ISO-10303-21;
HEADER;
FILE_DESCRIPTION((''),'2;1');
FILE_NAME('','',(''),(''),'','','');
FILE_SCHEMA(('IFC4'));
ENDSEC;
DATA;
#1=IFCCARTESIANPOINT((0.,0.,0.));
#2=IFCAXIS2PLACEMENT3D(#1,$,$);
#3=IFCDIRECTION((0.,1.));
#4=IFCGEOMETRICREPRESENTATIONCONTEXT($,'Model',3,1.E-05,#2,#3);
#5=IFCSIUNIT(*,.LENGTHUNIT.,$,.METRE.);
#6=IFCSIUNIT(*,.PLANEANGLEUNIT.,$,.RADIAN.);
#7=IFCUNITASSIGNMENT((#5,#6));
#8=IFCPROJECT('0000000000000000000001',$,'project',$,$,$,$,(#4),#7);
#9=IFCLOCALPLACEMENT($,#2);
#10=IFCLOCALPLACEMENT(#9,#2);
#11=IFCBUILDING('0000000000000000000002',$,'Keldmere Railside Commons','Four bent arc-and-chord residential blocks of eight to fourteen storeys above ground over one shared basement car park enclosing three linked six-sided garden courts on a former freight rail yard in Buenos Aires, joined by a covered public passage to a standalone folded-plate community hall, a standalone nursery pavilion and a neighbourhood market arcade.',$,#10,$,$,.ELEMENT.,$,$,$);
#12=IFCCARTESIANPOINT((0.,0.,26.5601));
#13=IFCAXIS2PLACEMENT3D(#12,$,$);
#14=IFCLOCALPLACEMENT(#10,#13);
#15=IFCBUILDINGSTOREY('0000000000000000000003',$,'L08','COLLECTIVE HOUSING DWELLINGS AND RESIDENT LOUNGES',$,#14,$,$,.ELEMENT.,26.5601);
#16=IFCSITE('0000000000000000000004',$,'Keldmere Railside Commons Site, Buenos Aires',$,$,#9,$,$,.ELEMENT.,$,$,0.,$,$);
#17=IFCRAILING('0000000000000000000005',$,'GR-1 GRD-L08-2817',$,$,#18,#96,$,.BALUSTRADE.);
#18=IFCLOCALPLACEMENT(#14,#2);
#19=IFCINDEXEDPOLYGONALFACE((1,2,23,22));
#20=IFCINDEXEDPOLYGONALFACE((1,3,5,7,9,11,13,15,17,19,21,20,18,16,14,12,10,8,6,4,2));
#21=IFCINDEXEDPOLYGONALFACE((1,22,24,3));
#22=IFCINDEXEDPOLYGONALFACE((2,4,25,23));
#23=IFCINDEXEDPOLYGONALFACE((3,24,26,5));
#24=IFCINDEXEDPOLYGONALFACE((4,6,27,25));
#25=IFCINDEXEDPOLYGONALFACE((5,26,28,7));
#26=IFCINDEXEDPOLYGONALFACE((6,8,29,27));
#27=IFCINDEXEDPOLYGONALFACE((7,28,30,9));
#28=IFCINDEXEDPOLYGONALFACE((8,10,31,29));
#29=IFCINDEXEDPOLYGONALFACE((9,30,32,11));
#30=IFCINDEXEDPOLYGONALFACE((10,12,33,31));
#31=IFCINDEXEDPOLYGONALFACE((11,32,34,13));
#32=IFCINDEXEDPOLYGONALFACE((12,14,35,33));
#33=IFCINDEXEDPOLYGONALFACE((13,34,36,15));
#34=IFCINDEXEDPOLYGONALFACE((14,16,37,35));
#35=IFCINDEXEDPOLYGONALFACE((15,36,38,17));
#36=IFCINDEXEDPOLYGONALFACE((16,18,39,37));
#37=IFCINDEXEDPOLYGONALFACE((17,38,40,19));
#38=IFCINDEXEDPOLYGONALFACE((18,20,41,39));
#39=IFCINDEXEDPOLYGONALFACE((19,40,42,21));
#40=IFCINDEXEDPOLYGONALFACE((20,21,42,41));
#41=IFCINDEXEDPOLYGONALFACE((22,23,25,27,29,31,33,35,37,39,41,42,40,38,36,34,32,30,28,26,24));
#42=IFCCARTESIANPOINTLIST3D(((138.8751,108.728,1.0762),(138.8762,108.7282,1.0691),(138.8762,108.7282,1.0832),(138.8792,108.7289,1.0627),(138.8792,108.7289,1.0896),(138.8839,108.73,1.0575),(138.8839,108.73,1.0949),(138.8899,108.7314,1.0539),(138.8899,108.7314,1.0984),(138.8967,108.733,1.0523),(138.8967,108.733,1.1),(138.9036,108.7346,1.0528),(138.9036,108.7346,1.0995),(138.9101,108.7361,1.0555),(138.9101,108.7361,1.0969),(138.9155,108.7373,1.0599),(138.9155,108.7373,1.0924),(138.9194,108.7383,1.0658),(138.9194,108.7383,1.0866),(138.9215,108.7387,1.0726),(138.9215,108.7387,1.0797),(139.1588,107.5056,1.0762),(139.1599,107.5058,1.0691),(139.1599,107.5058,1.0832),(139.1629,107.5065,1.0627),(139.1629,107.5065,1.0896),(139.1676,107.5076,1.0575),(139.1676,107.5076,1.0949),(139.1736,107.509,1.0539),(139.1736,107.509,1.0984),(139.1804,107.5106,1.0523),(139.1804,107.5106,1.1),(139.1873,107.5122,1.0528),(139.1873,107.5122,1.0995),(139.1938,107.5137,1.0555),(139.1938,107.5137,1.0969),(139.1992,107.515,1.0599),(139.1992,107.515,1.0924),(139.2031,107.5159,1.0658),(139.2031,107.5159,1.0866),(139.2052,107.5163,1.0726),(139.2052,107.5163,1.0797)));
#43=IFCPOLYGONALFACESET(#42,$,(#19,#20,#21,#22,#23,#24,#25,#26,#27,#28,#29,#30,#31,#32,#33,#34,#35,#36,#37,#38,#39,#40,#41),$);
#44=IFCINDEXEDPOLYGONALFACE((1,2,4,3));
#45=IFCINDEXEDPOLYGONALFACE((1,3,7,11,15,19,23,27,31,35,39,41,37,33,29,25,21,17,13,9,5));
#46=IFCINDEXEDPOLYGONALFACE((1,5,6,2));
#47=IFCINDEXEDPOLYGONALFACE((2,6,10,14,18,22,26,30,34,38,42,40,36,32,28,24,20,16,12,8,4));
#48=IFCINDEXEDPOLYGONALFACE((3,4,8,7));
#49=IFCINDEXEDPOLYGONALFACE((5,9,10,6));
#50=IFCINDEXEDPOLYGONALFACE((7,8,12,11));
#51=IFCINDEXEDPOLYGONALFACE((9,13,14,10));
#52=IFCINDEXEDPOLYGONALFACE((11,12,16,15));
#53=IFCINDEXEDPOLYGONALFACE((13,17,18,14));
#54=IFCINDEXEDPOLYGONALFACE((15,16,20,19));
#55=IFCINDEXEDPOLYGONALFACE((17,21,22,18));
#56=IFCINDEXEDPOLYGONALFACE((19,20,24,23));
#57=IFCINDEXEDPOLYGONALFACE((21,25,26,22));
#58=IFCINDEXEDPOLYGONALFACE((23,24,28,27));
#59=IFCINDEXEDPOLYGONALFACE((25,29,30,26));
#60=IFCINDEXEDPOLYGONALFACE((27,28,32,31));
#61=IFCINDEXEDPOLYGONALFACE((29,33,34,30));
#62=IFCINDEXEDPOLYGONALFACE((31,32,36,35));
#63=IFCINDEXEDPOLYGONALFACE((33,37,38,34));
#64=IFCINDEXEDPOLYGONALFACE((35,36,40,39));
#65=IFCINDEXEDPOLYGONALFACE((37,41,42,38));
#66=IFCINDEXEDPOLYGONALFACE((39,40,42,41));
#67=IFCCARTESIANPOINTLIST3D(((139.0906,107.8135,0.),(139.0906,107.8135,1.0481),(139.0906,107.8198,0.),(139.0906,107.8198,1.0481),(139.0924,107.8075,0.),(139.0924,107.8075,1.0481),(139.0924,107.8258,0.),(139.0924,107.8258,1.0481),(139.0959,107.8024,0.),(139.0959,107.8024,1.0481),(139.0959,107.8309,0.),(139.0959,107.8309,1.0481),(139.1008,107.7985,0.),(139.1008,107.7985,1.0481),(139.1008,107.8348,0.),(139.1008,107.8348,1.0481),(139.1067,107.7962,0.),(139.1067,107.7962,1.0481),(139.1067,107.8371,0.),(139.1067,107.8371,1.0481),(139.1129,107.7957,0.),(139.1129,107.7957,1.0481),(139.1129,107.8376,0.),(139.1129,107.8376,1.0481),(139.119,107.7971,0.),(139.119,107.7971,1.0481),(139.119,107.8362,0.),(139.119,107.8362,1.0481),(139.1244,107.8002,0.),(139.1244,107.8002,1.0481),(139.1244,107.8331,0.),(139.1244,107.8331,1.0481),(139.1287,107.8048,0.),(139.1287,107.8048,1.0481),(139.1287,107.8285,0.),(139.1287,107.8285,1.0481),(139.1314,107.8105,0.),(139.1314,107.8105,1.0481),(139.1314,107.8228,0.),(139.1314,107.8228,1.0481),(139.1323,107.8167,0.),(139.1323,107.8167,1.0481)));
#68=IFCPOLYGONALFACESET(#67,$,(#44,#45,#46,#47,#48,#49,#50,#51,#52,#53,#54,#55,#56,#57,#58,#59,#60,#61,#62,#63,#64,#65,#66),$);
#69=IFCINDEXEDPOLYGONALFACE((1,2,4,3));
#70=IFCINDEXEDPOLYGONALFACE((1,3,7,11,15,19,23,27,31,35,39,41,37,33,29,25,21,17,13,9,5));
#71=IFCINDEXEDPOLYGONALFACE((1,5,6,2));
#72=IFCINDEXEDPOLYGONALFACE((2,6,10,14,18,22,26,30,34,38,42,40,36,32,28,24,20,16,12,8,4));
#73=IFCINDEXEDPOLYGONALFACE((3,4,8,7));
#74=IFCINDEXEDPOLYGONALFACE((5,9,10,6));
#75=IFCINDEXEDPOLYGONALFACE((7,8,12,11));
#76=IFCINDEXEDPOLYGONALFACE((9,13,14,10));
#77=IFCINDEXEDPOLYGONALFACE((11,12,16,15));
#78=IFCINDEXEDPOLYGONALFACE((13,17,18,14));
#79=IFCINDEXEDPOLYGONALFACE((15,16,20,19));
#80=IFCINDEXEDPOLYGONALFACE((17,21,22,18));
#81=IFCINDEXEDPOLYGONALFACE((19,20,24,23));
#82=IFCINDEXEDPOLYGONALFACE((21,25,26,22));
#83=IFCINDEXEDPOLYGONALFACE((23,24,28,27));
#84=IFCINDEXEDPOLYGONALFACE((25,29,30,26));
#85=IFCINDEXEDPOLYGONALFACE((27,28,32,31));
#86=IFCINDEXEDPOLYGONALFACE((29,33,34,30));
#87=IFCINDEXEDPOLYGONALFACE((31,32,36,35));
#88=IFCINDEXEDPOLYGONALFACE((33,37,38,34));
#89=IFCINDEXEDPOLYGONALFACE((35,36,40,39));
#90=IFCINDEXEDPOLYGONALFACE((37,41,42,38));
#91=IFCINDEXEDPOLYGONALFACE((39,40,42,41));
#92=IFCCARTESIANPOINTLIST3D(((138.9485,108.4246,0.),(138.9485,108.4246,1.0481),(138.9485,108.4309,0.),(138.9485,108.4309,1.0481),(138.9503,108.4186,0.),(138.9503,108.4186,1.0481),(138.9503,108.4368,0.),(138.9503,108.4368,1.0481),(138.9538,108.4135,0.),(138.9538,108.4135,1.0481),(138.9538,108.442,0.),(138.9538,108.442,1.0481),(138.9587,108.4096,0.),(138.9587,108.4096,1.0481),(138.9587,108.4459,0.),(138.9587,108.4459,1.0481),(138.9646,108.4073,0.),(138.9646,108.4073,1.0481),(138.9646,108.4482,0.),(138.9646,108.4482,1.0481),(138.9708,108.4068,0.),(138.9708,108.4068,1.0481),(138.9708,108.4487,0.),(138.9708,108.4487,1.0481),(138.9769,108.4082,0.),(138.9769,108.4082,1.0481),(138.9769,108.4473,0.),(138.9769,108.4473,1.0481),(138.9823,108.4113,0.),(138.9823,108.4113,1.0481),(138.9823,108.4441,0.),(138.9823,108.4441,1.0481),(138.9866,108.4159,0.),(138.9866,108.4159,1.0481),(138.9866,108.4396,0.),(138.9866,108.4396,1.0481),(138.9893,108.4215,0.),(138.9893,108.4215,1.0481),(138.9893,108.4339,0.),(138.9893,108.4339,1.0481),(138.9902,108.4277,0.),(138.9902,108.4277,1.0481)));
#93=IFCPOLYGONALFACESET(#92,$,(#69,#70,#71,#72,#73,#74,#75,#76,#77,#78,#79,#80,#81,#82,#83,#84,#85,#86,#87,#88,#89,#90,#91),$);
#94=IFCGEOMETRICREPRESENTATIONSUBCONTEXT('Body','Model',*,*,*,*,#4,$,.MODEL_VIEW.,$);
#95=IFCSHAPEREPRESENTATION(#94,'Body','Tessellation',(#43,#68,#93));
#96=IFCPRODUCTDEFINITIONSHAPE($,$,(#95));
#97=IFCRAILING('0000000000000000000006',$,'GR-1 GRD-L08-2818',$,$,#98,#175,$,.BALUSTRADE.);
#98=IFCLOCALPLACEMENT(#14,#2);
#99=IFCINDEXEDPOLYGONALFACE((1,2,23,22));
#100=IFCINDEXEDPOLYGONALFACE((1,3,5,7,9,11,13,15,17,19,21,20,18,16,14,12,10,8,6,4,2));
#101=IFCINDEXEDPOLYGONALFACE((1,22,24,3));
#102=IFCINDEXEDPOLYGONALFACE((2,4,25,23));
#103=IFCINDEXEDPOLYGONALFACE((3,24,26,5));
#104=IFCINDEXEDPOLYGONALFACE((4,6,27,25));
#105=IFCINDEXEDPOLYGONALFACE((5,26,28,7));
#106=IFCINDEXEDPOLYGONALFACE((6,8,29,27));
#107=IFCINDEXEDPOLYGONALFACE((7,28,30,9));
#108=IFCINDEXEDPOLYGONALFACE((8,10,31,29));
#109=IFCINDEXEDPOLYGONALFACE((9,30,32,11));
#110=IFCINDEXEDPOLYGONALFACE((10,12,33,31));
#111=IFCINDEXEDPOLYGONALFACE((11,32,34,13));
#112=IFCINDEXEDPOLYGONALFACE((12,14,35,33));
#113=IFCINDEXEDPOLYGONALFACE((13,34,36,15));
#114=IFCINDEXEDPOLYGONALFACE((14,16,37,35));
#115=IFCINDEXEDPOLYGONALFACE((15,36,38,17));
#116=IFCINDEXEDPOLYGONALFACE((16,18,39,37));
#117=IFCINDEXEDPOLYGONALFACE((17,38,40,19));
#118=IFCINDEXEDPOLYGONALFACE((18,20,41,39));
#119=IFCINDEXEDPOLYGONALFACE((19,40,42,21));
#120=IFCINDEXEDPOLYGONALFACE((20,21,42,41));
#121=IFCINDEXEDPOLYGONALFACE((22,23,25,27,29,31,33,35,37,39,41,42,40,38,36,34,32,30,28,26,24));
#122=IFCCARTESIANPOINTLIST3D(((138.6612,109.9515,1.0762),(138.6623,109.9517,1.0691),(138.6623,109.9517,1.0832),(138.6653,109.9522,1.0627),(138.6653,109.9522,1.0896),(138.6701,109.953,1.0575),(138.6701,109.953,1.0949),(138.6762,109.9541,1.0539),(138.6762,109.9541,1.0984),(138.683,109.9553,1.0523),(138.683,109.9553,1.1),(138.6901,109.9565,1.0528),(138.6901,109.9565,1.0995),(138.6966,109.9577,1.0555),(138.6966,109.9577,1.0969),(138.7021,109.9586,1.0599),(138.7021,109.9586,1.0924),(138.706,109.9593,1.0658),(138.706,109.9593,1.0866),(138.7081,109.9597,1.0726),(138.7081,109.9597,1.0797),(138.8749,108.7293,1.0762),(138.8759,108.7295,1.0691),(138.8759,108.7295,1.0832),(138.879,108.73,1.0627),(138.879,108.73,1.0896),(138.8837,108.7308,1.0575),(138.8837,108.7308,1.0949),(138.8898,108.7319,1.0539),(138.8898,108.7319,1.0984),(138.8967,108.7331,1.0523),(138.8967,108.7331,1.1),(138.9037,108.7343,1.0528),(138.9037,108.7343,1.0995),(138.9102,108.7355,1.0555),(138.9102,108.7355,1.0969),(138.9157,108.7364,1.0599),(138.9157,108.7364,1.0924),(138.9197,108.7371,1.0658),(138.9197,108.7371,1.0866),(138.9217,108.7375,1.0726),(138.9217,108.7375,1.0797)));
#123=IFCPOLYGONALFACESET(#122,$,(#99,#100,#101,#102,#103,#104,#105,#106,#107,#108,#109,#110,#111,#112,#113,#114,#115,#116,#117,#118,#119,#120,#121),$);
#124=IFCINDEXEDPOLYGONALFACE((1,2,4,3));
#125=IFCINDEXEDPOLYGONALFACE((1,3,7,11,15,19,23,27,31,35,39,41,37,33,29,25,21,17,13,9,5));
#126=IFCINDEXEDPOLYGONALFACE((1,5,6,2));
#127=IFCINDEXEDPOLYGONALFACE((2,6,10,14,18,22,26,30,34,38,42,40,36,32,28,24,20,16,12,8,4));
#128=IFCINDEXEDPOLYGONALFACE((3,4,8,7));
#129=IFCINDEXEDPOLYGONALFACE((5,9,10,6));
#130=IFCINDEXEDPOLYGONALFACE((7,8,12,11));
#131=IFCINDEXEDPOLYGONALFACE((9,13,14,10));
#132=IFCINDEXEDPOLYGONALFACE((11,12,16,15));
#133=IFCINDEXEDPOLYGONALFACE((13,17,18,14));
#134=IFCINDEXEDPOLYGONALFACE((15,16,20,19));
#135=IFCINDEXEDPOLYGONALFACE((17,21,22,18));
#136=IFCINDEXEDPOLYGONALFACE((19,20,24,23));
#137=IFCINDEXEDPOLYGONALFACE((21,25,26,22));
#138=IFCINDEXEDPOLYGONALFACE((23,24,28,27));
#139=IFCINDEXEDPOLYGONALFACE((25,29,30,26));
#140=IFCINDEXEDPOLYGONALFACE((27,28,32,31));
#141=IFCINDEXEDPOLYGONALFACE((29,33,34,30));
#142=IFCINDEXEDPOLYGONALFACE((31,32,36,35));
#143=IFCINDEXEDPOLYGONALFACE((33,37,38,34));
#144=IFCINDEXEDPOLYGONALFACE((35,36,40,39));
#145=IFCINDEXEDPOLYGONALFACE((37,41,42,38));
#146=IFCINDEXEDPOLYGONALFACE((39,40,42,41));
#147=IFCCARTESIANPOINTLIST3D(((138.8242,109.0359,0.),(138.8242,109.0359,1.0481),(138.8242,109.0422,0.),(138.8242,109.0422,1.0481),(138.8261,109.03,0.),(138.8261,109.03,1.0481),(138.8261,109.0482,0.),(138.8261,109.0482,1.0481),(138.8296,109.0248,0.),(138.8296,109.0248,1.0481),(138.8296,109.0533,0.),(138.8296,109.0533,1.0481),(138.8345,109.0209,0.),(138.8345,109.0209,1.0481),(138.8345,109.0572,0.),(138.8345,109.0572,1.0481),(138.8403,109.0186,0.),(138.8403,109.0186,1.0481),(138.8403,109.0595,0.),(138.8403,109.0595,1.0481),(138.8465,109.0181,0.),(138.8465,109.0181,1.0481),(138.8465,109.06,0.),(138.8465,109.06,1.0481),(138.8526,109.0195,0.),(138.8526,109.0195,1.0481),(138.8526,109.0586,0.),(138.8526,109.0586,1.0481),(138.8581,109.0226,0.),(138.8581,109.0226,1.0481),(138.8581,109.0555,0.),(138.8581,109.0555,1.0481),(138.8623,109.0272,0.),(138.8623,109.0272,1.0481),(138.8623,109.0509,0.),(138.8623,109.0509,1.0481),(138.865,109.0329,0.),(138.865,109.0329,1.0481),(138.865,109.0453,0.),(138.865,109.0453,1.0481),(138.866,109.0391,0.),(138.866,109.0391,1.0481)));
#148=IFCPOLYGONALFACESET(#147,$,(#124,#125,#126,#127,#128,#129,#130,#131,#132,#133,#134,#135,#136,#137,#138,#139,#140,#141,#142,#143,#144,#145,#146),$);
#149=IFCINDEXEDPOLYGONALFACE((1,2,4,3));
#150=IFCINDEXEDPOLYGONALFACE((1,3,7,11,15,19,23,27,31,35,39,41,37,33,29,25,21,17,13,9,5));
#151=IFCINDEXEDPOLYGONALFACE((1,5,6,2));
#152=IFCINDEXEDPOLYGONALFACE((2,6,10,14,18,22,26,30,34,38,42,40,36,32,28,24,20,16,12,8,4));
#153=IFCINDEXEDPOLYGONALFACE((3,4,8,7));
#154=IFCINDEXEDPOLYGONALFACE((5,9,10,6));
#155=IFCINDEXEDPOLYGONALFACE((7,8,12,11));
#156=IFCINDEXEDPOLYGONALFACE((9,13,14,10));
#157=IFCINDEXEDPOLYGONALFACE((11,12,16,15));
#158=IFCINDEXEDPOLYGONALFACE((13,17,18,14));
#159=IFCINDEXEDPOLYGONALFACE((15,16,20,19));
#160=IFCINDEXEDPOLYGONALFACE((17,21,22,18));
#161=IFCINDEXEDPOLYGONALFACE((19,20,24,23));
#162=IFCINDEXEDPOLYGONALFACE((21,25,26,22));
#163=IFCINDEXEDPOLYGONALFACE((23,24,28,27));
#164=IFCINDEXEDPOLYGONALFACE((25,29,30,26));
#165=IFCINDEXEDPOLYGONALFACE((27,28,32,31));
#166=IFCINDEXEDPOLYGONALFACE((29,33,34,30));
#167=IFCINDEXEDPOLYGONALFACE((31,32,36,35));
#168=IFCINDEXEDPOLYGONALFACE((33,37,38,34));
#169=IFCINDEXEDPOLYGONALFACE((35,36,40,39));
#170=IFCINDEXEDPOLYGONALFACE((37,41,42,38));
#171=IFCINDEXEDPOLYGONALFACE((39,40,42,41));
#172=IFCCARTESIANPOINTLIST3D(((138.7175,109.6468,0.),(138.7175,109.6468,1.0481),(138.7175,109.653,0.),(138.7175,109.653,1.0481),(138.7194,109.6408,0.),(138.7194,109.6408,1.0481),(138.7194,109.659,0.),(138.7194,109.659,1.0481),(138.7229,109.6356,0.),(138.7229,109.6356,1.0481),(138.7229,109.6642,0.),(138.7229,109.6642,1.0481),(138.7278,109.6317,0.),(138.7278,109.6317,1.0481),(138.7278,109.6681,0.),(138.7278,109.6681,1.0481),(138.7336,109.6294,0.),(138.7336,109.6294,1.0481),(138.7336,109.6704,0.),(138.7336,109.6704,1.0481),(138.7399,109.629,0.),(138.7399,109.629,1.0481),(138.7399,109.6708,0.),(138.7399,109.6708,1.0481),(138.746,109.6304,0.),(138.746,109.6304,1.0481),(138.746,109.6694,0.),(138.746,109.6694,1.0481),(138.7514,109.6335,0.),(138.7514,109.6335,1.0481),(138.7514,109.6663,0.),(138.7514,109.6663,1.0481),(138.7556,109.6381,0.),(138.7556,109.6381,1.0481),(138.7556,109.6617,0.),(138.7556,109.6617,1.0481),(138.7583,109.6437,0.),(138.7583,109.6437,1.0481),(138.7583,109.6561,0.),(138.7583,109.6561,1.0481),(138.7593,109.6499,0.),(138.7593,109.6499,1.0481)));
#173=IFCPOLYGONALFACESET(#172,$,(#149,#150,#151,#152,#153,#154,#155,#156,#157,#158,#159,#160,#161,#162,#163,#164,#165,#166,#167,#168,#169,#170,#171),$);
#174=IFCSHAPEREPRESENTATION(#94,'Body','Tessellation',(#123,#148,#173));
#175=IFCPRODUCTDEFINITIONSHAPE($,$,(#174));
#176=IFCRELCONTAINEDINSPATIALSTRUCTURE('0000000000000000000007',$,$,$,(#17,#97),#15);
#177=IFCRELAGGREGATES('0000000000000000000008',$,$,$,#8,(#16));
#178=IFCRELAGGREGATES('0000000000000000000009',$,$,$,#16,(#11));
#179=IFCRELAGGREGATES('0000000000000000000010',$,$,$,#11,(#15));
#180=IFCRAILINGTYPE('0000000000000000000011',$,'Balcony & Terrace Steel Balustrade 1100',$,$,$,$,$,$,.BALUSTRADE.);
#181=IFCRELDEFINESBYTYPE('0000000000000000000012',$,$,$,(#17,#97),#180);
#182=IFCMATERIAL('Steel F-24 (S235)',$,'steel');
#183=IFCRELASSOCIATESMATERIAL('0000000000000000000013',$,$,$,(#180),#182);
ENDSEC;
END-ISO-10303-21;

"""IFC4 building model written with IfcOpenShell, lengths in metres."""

from ifc_helpers import new_model, si_unit, direction, frame, origin, origin_2d, place, context, subcontext, project, spatial, circle, extrude, material, type_object, element, save


model = new_model("IFC4")

# Units and contexts
model_context = context("Model", 3, precision=1e-05, world=origin(), true_north=direction((0.0, 1.0)))
body_context = subcontext(model_context, "Body", "Model", "MODEL_VIEW")
ifc_project = project(units=[si_unit("LENGTHUNIT", "METRE"), si_unit("PLANEANGLEUNIT", "RADIAN")], contexts=[model_context])

# Site, building, storey
site_placement = place(None, origin())
site = spatial("IfcSite", under=ifc_project, at=site_placement, Name="Keldmere Railside Commons Site, Buenos Aires", CompositionType="ELEMENT", RefElevation=0.0)
building_placement = place(site_placement, origin())
building = spatial("IfcBuilding", under=site, at=building_placement, Name="Keldmere Railside Commons", Description="Four bent arc-and-chord residential blocks of eight to fourteen storeys above ground over one shared basement car park enclosing three linked six-sided garden courts on a former freight rail yard in Buenos Aires, joined by a covered public passage to a standalone folded-plate community hall, a standalone nursery pavilion and a neighbourhood market arcade.", CompositionType="ELEMENT")
storey_placement = place(building_placement, frame((0.0, 0.0, 26.5601)))
storey = spatial("IfcBuildingStorey", under=building, at=storey_placement, Name="L08", Description="COLLECTIVE HOUSING DWELLINGS AND RESIDENT LOUNGES", CompositionType="ELEMENT", Elevation=26.5601)

# Shared definitions
ifc_material_1 = material(Name="Steel F-24 (S235)", Category="steel")

# Railings
railing_type_1 = type_object("IfcRailingType", Name="Balcony & Terrace Steel Balustrade 1100", PredefinedType="BALUSTRADE", material=ifc_material_1)
railing_1_placement = place(storey_placement, frame((139.1821, 107.511, 0.0)))
element("IfcRailing", 1, at=railing_1_placement, inside=storey, type_object=railing_type_1, Name="GR-1 GRD-L08-2817", PredefinedType="BALUSTRADE", context=body_context, shape_type="SweptSolid", body=[
    extrude(circle(Radius=0.0239, at=origin_2d()), frame((0.0, 0.0, 1.0762), z_axis=(-0.226067, 0.974112, 0.0), x_axis=(-0.974112, -0.226067, 0.0)), (0.0, 0.0, 1.0), 1.2549),
    extrude(circle(Radius=0.021, at=origin_2d()), frame((-0.0708, 0.3057, 0.0)), (0.0, 0.0, 1.0), 1.0481),
    extrude(circle(Radius=0.021, at=origin_2d()), frame((-0.2129, 0.9167, 0.0)), (0.0, 0.0, 1.0), 1.0481),
])
railing_2_placement = place(storey_placement, frame((138.8984, 108.7334, 0.0)))
element("IfcRailing", 2, at=railing_2_placement, inside=storey, type_object=railing_type_1, Name="GR-1 GRD-L08-2818", PredefinedType="BALUSTRADE", context=body_context, shape_type="SweptSolid", body=[
    extrude(circle(Radius=0.0239, at=origin_2d()), frame((0.0, 0.0, 1.0762), z_axis=(-0.17218, 0.985066, 0.0), x_axis=(-0.985066, -0.17218, 0.0)), (0.0, 0.0, 1.0), 1.2407),
    extrude(circle(Radius=0.021, at=origin_2d()), frame((-0.0535, 0.3057, 0.0)), (0.0, 0.0, 1.0), 1.0481),
    extrude(circle(Radius=0.021, at=origin_2d()), frame((-0.1602, 0.9165, 0.0)), (0.0, 0.0, 1.0), 1.0481),
])

save(model, "model.ifc")
